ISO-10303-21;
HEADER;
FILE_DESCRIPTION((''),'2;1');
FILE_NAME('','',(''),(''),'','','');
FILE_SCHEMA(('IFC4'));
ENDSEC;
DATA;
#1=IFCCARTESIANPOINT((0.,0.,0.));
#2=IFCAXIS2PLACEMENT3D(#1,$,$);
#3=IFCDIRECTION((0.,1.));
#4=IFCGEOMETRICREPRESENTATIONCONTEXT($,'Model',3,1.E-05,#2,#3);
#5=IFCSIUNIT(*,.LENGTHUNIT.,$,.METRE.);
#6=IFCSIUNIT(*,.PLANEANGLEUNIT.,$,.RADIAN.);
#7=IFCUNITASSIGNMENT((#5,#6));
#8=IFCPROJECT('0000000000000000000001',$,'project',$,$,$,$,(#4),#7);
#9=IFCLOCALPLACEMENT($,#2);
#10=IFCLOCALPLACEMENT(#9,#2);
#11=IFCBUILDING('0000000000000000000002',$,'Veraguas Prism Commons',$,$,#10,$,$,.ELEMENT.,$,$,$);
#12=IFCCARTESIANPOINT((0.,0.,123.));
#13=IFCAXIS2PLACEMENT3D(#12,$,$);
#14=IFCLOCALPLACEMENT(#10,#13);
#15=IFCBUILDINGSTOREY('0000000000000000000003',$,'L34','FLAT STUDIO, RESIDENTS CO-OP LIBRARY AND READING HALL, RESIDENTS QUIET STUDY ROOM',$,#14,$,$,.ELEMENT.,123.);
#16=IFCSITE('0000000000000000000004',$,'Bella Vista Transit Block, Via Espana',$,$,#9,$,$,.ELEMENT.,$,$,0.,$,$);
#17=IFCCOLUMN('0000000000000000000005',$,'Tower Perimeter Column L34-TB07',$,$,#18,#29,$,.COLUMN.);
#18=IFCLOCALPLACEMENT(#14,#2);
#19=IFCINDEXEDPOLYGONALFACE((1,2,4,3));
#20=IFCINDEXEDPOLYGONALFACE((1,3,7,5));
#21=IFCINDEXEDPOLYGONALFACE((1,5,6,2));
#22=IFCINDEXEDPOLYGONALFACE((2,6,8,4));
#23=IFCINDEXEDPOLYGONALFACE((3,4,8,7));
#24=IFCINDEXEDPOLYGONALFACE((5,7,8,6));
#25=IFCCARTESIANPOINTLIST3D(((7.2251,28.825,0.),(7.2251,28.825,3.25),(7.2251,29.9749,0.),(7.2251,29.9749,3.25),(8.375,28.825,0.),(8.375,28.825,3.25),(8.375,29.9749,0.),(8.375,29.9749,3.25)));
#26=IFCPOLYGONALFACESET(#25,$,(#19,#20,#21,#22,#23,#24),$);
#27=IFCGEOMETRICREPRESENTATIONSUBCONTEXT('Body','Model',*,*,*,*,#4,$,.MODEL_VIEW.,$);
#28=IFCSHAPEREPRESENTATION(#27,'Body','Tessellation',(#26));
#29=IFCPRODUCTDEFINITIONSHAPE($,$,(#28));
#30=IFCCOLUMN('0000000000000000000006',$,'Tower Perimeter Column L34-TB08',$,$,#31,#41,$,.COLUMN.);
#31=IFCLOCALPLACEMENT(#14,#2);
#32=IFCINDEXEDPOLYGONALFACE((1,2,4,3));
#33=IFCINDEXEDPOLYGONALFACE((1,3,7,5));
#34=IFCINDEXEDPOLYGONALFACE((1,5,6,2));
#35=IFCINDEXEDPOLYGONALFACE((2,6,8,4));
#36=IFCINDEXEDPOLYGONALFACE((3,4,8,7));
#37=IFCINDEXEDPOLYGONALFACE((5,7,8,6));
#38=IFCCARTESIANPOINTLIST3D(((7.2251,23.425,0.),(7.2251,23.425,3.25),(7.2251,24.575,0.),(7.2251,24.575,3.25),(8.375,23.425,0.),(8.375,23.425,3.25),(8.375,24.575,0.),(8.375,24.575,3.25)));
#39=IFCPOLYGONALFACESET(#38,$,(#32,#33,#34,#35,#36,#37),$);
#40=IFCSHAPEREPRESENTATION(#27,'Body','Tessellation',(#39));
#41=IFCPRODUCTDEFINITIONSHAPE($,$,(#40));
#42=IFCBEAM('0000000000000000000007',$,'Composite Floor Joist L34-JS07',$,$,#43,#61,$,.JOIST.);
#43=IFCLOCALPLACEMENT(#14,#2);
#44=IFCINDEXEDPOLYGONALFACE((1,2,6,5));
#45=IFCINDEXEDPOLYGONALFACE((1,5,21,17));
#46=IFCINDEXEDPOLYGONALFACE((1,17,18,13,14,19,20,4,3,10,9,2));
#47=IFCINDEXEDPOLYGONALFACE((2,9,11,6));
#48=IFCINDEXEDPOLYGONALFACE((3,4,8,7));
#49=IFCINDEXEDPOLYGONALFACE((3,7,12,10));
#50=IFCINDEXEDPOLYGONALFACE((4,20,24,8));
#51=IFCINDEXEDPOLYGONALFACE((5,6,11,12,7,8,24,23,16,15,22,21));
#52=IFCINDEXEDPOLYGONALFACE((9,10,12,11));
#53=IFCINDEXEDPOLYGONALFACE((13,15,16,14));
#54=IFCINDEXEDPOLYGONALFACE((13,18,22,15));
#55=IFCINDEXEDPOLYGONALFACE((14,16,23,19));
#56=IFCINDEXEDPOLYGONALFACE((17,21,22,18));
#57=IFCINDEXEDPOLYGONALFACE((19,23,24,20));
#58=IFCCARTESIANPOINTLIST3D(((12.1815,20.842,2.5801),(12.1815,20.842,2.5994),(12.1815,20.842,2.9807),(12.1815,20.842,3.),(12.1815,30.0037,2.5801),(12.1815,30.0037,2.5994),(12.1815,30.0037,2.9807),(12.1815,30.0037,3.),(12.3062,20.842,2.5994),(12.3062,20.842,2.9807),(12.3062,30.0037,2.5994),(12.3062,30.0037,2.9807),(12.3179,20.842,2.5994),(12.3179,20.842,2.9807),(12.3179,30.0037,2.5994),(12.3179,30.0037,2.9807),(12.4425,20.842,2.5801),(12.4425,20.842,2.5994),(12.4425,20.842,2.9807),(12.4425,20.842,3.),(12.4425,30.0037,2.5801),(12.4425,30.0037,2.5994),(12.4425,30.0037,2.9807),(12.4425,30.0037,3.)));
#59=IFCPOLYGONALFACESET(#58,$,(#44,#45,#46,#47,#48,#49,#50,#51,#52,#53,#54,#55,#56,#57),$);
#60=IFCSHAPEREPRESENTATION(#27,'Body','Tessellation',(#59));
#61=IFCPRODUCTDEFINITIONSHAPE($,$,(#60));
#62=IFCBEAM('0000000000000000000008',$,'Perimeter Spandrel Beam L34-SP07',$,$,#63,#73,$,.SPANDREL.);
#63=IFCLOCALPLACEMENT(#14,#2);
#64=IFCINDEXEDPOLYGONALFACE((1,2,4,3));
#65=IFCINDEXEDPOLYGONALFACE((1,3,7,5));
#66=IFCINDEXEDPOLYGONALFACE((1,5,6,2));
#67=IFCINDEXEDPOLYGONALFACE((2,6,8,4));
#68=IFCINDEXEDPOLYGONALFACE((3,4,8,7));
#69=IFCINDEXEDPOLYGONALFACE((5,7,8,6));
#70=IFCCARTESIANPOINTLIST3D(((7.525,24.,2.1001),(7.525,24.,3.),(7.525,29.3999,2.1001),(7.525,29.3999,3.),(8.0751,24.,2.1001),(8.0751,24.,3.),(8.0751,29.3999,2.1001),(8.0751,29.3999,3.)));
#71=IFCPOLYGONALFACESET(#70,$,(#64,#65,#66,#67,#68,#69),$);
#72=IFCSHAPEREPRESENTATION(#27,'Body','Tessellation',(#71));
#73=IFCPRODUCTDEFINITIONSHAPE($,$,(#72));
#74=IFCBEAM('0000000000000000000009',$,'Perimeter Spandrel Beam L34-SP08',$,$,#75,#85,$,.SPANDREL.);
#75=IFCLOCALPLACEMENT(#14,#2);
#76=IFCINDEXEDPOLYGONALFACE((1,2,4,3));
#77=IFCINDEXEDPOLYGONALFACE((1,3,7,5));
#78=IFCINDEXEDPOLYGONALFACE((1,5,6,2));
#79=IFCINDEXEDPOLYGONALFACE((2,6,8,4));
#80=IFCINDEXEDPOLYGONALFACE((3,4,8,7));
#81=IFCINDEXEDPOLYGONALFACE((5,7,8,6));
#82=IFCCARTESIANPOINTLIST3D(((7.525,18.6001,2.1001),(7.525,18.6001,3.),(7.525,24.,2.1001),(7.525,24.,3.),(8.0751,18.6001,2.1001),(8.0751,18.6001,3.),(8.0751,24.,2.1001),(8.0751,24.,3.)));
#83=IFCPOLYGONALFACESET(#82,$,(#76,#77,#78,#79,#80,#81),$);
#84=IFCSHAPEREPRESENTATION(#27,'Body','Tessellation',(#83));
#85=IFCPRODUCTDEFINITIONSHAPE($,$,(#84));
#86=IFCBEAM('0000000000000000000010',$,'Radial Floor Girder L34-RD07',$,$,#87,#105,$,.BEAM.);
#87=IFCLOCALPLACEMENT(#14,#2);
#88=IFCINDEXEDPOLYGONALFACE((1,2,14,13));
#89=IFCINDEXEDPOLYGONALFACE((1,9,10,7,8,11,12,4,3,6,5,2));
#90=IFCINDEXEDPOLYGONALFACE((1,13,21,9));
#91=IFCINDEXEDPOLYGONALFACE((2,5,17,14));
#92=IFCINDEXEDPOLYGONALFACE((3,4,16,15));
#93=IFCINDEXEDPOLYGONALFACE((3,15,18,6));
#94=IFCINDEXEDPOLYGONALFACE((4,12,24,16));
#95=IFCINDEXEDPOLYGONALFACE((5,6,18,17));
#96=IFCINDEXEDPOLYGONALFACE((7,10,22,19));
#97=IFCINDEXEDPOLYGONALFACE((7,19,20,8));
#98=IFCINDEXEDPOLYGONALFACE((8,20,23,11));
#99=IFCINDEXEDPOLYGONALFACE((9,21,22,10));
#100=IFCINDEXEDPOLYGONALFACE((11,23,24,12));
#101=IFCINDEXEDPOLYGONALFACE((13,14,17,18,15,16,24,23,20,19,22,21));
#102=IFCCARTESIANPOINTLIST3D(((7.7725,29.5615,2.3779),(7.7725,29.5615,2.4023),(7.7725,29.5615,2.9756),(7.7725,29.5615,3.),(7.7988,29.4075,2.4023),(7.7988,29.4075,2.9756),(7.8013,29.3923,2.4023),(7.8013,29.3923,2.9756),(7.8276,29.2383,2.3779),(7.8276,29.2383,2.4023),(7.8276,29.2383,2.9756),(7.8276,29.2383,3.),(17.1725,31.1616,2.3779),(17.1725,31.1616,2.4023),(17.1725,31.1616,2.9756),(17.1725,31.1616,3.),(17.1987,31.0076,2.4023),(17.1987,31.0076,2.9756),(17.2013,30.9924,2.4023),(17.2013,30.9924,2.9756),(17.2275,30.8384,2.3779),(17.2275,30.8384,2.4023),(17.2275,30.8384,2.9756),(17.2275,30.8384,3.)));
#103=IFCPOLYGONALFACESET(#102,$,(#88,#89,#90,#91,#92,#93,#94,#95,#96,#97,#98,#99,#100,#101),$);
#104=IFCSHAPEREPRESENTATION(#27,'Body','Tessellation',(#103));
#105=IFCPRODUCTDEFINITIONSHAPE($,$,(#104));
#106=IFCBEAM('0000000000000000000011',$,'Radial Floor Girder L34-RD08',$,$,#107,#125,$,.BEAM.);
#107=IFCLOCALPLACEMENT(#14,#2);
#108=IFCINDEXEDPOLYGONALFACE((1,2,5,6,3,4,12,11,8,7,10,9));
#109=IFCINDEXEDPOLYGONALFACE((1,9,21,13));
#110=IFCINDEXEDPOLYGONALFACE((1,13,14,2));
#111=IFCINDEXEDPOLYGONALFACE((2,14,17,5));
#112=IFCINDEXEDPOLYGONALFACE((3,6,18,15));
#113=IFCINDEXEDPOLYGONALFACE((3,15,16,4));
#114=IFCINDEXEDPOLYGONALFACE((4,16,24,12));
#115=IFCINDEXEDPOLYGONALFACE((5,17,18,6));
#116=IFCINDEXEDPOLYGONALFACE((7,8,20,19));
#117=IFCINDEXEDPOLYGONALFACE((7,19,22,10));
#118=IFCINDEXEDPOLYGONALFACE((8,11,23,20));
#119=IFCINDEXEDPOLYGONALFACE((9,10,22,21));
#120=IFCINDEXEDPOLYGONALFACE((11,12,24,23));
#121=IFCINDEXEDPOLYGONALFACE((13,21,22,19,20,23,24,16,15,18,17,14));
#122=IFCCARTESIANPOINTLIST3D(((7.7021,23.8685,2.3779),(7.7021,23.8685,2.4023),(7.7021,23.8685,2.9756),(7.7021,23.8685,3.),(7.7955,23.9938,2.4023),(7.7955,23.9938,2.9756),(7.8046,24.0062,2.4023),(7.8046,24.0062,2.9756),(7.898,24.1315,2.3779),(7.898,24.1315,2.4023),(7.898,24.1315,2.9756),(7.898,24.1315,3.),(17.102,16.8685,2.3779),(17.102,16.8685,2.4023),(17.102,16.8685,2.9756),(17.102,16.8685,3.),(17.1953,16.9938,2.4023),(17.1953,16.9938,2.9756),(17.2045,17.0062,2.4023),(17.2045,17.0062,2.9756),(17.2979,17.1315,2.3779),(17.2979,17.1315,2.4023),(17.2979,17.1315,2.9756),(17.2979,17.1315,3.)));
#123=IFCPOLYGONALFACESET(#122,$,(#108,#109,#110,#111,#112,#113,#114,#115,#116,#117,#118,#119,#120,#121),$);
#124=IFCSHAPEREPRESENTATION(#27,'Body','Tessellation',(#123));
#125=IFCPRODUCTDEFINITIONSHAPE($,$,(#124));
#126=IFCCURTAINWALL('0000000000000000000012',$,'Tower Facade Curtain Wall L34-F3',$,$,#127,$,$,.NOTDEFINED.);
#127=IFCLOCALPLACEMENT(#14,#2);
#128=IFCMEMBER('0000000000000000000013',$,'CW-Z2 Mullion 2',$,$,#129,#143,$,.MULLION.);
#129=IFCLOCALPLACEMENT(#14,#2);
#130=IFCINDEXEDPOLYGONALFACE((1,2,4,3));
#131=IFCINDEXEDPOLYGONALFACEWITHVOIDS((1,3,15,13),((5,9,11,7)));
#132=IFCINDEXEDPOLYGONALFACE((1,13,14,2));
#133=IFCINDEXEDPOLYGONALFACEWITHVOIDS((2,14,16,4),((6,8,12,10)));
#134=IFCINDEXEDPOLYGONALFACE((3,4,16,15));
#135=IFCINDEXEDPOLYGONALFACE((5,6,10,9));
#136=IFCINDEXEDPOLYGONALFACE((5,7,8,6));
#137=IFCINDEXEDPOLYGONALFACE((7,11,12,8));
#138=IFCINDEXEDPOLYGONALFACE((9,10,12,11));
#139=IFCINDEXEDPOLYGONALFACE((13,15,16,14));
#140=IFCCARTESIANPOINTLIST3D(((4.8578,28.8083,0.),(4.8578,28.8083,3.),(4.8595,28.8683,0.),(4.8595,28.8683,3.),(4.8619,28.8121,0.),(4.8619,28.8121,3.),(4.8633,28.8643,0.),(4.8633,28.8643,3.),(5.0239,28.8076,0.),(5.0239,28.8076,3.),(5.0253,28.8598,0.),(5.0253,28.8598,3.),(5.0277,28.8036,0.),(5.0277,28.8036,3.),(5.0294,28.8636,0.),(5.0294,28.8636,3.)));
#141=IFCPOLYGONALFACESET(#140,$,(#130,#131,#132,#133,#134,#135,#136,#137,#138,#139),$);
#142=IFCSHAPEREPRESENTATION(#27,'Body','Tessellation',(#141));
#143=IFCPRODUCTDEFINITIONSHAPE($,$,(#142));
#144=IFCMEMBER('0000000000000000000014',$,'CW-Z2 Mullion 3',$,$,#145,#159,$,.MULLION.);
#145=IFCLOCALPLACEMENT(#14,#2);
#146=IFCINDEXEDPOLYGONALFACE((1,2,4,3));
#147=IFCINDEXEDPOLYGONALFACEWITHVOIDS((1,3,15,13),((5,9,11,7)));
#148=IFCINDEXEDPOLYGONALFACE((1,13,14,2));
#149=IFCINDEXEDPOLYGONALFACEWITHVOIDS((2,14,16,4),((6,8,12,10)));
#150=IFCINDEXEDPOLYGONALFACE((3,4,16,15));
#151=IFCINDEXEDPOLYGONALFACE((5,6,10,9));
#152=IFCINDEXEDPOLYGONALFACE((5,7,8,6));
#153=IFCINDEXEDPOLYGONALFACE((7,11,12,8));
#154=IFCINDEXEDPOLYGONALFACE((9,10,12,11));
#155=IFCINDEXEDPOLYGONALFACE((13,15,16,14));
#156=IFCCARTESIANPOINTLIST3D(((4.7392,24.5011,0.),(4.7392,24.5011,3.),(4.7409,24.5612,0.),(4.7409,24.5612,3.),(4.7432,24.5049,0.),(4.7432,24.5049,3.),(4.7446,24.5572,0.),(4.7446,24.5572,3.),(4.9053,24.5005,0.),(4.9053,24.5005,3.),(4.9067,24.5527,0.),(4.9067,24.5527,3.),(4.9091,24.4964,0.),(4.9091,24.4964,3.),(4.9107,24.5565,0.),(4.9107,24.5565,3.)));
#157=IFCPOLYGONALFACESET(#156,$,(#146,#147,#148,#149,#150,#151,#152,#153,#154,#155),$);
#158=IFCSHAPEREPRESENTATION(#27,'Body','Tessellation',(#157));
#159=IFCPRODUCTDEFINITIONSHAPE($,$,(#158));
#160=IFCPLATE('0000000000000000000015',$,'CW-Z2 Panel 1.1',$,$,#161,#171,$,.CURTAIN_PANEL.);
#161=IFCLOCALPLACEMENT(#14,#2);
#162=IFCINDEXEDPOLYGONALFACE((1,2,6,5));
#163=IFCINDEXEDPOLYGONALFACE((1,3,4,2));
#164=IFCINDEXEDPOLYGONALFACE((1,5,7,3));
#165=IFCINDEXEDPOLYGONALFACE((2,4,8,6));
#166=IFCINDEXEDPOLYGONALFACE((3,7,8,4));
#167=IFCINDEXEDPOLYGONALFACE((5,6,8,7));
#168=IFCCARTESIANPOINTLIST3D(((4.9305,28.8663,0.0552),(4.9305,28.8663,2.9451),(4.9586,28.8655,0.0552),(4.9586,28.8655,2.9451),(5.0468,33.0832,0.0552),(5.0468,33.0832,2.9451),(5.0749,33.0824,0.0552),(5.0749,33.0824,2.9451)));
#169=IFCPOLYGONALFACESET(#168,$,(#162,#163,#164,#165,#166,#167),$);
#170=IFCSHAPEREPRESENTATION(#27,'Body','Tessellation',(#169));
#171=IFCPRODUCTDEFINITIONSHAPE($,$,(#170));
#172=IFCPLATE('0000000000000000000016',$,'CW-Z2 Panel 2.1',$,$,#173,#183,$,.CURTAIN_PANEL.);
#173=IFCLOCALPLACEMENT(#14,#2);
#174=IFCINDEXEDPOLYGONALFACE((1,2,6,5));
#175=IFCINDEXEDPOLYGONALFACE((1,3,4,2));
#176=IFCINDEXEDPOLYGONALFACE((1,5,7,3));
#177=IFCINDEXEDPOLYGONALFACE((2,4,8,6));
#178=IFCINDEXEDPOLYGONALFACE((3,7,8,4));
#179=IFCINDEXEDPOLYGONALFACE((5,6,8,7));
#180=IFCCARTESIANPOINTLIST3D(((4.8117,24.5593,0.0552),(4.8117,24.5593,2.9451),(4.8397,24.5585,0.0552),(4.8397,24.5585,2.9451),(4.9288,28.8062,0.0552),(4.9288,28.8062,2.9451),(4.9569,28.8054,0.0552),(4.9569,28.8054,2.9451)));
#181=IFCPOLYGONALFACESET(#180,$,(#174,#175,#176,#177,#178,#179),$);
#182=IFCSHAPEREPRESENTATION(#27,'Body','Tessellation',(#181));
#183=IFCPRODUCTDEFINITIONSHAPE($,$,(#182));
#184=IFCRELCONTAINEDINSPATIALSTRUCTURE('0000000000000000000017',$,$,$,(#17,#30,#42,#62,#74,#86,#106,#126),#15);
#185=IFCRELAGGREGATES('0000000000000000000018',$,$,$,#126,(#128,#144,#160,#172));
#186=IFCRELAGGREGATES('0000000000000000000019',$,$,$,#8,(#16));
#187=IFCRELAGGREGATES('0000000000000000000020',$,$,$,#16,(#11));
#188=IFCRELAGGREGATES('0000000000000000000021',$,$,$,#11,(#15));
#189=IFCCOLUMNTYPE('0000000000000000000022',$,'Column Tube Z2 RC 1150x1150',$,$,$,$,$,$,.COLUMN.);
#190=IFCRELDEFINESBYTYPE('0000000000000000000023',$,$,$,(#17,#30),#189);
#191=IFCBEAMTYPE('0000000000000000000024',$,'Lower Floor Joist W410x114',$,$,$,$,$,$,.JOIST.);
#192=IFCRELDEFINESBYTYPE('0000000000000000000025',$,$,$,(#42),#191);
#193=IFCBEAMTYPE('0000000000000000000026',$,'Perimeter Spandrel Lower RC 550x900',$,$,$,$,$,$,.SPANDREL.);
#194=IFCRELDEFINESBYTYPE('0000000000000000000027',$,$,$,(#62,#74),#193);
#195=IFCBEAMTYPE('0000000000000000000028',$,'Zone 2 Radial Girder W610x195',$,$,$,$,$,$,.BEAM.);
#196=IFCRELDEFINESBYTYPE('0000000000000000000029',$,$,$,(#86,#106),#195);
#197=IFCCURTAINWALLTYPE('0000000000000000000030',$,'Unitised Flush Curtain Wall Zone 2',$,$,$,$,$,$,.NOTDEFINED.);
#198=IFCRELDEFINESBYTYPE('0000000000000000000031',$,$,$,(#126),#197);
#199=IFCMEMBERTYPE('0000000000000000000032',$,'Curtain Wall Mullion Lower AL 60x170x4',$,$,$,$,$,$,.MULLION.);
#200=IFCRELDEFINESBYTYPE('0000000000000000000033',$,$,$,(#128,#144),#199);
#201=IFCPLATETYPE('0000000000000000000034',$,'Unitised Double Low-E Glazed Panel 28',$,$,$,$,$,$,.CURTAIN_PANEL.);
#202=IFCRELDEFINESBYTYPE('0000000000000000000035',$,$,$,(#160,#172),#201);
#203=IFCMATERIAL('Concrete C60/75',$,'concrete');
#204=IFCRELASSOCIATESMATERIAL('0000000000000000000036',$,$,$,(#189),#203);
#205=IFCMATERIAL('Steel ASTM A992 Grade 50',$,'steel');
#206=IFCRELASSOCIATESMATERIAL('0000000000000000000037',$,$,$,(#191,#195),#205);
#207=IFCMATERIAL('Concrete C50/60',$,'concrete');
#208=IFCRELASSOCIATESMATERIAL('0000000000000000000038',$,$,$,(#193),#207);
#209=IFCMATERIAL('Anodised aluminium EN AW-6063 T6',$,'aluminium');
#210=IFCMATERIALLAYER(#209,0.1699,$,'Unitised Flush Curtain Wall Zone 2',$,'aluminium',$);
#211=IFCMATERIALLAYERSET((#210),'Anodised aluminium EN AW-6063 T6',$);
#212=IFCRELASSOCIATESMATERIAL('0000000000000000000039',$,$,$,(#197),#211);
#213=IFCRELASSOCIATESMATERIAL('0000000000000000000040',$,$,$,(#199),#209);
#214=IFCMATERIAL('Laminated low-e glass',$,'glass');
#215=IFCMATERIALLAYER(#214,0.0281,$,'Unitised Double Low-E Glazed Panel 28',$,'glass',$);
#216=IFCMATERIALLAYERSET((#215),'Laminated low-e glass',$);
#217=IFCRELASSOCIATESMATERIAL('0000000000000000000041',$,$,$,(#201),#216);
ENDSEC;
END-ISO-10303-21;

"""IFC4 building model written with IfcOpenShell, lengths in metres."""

from ifc_helpers import new_model, si_unit, direction, frame, origin, origin_2d, place, context, subcontext, project, spatial, rectangle, hollow_rectangle, i_section, extrude, source, transform, mapped, material, layer, layer_set, material_profile, profile_set, type_object, element, aggregate, save


model = new_model("IFC4")

# Units and contexts
model_context = context("Model", 3, precision=1e-05, world=origin(), true_north=direction((0.0, 1.0)))
body_context = subcontext(model_context, "Body", "Model", "MODEL_VIEW")
ifc_project = project(units=[si_unit("LENGTHUNIT", "METRE"), si_unit("PLANEANGLEUNIT", "RADIAN")], contexts=[model_context])

# Site, building, storey
site_placement = place(None, origin())
site = spatial("IfcSite", under=ifc_project, at=site_placement, Name="Bella Vista Transit Block, Via Espana", CompositionType="ELEMENT", RefElevation=0.0)
building_placement = place(site_placement, origin())
building = spatial("IfcBuilding", under=site, at=building_placement, Name="Veraguas Prism Commons", CompositionType="ELEMENT")
storey_placement = place(building_placement, frame((0.0, 0.0, 123.0)))
storey = spatial("IfcBuildingStorey", under=building, at=storey_placement, Name="L34", Description="FLAT STUDIO, RESIDENTS CO-OP LIBRARY AND READING HALL, RESIDENTS QUIET STUDY ROOM", CompositionType="ELEMENT", Elevation=123.0)

# Columns
ifc_material_1 = material(Name="Concrete C60/75", Category="concrete")
ifc_material_profile_1 = material_profile(ifc_material_1, rectangle(XDim=1.1499, YDim=1.1499, at=origin_2d()), Name="RC1150X1150")
ifc_profile_set_1 = profile_set([ifc_material_profile_1], Name="Concrete C60/75")
column_type = type_object("IfcColumnType", Name="Column Tube Z2 RC 1150x1150", PredefinedType="COLUMN", material=ifc_profile_set_1)
for number, where, z_axis, x_axis, name in (
    (1, (7.8, 29.3999, 0.0), (0.0, 0.0, 1.0), (1.0, 0.0, 0.0), "Tower Perimeter Column L34-TB07"),
    (2, (7.8, 24.0, 0.0), (0.0, 0.0, 1.0), (1.0, 0.0, 0.0), "Tower Perimeter Column L34-TB08"),
):
    element("IfcColumn", number, at=place(storey_placement, frame(where, z_axis=z_axis, x_axis=x_axis)), inside=storey, type_object=column_type, Name=name, PredefinedType="COLUMN", context=body_context, shape_type="SweptSolid", body=[
        extrude(rectangle(XDim=1.1499, YDim=1.1499, at=origin_2d()), origin(), (0.0, 0.0, 1.0), 3.25),
    ])

# Beams
ifc_material_2 = material(Name="Steel ASTM A992 Grade 50", Category="steel")
ifc_material_profile_2 = material_profile(ifc_material_2, i_section(OverallWidth=0.261, OverallDepth=0.4199, WebThickness=0.0117, FlangeThickness=0.0193, at=origin_2d()), Name="W410X114")
ifc_profile_set_2 = profile_set([ifc_material_profile_2], Name="Steel ASTM A992 Grade 50")
beam_type_1 = type_object("IfcBeamType", Name="Lower Floor Joist W410x114", PredefinedType="JOIST", material=ifc_profile_set_2)
beam_1_placement = place(storey_placement, frame((12.312, 30.0037, 2.79), z_axis=(0.0, -1.0, 0.0), x_axis=(1.0, 0.0, 0.0)))
element("IfcBeam", 3, at=beam_1_placement, inside=storey, type_object=beam_type_1, Name="Composite Floor Joist L34-JS07", PredefinedType="JOIST", context=body_context, shape_type="SweptSolid", body=[
    extrude(i_section(OverallWidth=0.261, OverallDepth=0.4199, WebThickness=0.0117, FlangeThickness=0.0193, at=origin_2d()), origin(), (0.0, 0.0, 1.0), 9.1616),
])
ifc_material_3 = material(Name="Concrete C50/60", Category="concrete")
ifc_material_profile_3 = material_profile(ifc_material_3, rectangle(XDim=0.55, YDim=0.8999, at=origin_2d()), Name="RC550X900")
ifc_profile_set_3 = profile_set([ifc_material_profile_3], Name="Concrete C50/60")
beam_type_2 = type_object("IfcBeamType", Name="Perimeter Spandrel Lower RC 550x900", PredefinedType="SPANDREL", material=ifc_profile_set_3)
for number, where, z_axis, x_axis, name in (
    (4, (7.8, 29.3999, 2.55), (0.0, -1.0, 0.0), (1.0, 0.0, 0.0), "Perimeter Spandrel Beam L34-SP07"),
    (5, (7.8, 24.0, 2.55), (0.0, -1.0, 0.0), (1.0, 0.0, 0.0), "Perimeter Spandrel Beam L34-SP08"),
):
    element("IfcBeam", number, at=place(storey_placement, frame(where, z_axis=z_axis, x_axis=x_axis)), inside=storey, type_object=beam_type_2, Name=name, PredefinedType="SPANDREL", context=body_context, shape_type="SweptSolid", body=[
        extrude(rectangle(XDim=0.55, YDim=0.8999, at=origin_2d()), origin(), (0.0, 0.0, 1.0), 5.3999),
    ])
ifc_material_profile_4 = material_profile(ifc_material_2, i_section(OverallWidth=0.3279, OverallDepth=0.6221, WebThickness=0.0154, FlangeThickness=0.0244, at=origin_2d()), Name="W610X195")
ifc_profile_set_4 = profile_set([ifc_material_profile_4], Name="Steel ASTM A992 Grade 50")
beam_type_3 = type_object("IfcBeamType", Name="Zone 2 Radial Girder W610x195", PredefinedType="BEAM", material=ifc_profile_set_4)
beam_2_placement = place(storey_placement, frame((7.8, 29.3999, 2.689), z_axis=(0.985819, 0.167811, 0.0), x_axis=(-0.167811, 0.985819, 0.0)))
element("IfcBeam", 6, at=beam_2_placement, inside=storey, type_object=beam_type_3, Name="Radial Floor Girder L34-RD07", PredefinedType="BEAM", context=body_context, shape_type="SweptSolid", body=[
    extrude(i_section(OverallWidth=0.3279, OverallDepth=0.6221, WebThickness=0.0154, FlangeThickness=0.0244, at=origin_2d()), origin(), (0.0, 0.0, 1.0), 9.5352),
])
beam_3_placement = place(storey_placement, frame((7.8, 24.0, 2.689), z_axis=(0.80204, -0.59727, 0.0), x_axis=(0.59727, 0.80204, 0.0)))
element("IfcBeam", 7, at=beam_3_placement, inside=storey, type_object=beam_type_3, Name="Radial Floor Girder L34-RD08", PredefinedType="BEAM", context=body_context, shape_type="SweptSolid", body=[
    extrude(i_section(OverallWidth=0.3279, OverallDepth=0.6221, WebThickness=0.0154, FlangeThickness=0.0244, at=origin_2d()), origin(), (0.0, 0.0, 1.0), 11.72),
])

# Curtain wall, members, plates
ifc_material_4 = material(Name="Anodised aluminium EN AW-6063 T6", Category="aluminium")
ifc_layer_1 = layer(ifc_material_4, 0.1699, Name="Unitised Flush Curtain Wall Zone 2", Category="aluminium")
ifc_layer_set_1 = layer_set([ifc_layer_1], Name="Anodised aluminium EN AW-6063 T6")
curtain_wall_type = type_object("IfcCurtainWallType", Name="Unitised Flush Curtain Wall Zone 2", PredefinedType="NOTDEFINED", material=ifc_layer_set_1)
curtain_wall_placement = place(storey_placement, origin())
curtain_wall = element("IfcCurtainWall", 8, at=curtain_wall_placement, inside=storey, type_object=curtain_wall_type, Name="Tower Facade Curtain Wall L34-F3", PredefinedType="NOTDEFINED")
ifc_material_profile_5 = material_profile(ifc_material_4, hollow_rectangle(XDim=0.0601, YDim=0.1699, WallThickness=0.0039, at=origin_2d()), Name="AL60X170X4")
ifc_profile_set_5 = profile_set([ifc_material_profile_5], Name="Anodised aluminium EN AW-6063 T6")
member_type = type_object("IfcMemberType", Name="Curtain Wall Mullion Lower AL 60x170x4", PredefinedType="MULLION", material=ifc_profile_set_5)
shared_shape_1 = source(origin(), body_context, "Body", "SweptSolid", [
    extrude(hollow_rectangle(XDim=0.0601, YDim=0.1699, WallThickness=0.0039, at=origin_2d()), origin(), (0.0, 0.0, 1.0), 3.0),
])
member_1_placement = place(storey_placement, frame((4.9436, 28.8359, 0.0), z_axis=(0.0, 0.0, 1.0), x_axis=(-0.027567, -0.99962, 0.0)))
member_1 = element("IfcMember", 9, at=member_1_placement, type_object=member_type, Name="CW-Z2 Mullion 2", PredefinedType="MULLION", context=body_context, shape_type="MappedRepresentation", body=[
    mapped(shared_shape_1, transform((0.0, 0.0, 0.0), scale=1.0)),
])
member_2_placement = place(storey_placement, frame((4.825, 24.5288, 0.0), z_axis=(0.0, 0.0, 1.0), x_axis=(-0.027567, -0.99962, 0.0)))
member_2 = element("IfcMember", 10, at=member_2_placement, type_object=member_type, Name="CW-Z2 Mullion 3", PredefinedType="MULLION", context=body_context, shape_type="MappedRepresentation", body=[
    mapped(shared_shape_1, transform((0.0, 0.0, 0.0), scale=1.0)),
])
ifc_material_5 = material(Name="Laminated low-e glass", Category="glass")
ifc_layer_2 = layer(ifc_material_5, 0.0281, Name="Unitised Double Low-E Glazed Panel 28", Category="glass")
ifc_layer_set_2 = layer_set([ifc_layer_2], Name="Laminated low-e glass")
plate_type = type_object("IfcPlateType", Name="Unitised Double Low-E Glazed Panel 28", PredefinedType="CURTAIN_PANEL", material=ifc_layer_set_2)
shared_shape_2 = source(origin(), body_context, "Body", "SweptSolid", [
    extrude(rectangle(XDim=4.2185, YDim=0.0281, at=origin_2d()), origin(), (0.0, 0.0, 1.0), 2.8899),
])
plate_1_placement = place(storey_placement, frame((5.0027, 30.9744, 0.0552), z_axis=(0.0, 0.0, 1.0), x_axis=(-0.027567, -0.99962, 0.0)))
plate_1 = element("IfcPlate", 11, at=plate_1_placement, type_object=plate_type, Name="CW-Z2 Panel 1.1", PredefinedType="CURTAIN_PANEL", context=body_context, shape_type="MappedRepresentation", body=[
    mapped(shared_shape_2, transform((0.0, 0.0, 0.0), scale=1.0)),
])
shared_shape_3 = source(origin(), body_context, "Body", "SweptSolid", [
    extrude(rectangle(XDim=4.2485, YDim=0.0281, at=origin_2d()), origin(), (0.0, 0.0, 1.0), 2.8899),
])
plate_2_placement = place(storey_placement, frame((4.8843, 26.6824, 0.0552), z_axis=(0.0, 0.0, 1.0), x_axis=(-0.027567, -0.99962, 0.0)))
plate_2 = element("IfcPlate", 12, at=plate_2_placement, type_object=plate_type, Name="CW-Z2 Panel 2.1", PredefinedType="CURTAIN_PANEL", context=body_context, shape_type="MappedRepresentation", body=[
    mapped(shared_shape_3, transform((0.0, 0.0, 0.0), scale=1.0)),
])
aggregate(curtain_wall, [member_1, member_2, plate_1, plate_2])

save(model, "model.ifc")
